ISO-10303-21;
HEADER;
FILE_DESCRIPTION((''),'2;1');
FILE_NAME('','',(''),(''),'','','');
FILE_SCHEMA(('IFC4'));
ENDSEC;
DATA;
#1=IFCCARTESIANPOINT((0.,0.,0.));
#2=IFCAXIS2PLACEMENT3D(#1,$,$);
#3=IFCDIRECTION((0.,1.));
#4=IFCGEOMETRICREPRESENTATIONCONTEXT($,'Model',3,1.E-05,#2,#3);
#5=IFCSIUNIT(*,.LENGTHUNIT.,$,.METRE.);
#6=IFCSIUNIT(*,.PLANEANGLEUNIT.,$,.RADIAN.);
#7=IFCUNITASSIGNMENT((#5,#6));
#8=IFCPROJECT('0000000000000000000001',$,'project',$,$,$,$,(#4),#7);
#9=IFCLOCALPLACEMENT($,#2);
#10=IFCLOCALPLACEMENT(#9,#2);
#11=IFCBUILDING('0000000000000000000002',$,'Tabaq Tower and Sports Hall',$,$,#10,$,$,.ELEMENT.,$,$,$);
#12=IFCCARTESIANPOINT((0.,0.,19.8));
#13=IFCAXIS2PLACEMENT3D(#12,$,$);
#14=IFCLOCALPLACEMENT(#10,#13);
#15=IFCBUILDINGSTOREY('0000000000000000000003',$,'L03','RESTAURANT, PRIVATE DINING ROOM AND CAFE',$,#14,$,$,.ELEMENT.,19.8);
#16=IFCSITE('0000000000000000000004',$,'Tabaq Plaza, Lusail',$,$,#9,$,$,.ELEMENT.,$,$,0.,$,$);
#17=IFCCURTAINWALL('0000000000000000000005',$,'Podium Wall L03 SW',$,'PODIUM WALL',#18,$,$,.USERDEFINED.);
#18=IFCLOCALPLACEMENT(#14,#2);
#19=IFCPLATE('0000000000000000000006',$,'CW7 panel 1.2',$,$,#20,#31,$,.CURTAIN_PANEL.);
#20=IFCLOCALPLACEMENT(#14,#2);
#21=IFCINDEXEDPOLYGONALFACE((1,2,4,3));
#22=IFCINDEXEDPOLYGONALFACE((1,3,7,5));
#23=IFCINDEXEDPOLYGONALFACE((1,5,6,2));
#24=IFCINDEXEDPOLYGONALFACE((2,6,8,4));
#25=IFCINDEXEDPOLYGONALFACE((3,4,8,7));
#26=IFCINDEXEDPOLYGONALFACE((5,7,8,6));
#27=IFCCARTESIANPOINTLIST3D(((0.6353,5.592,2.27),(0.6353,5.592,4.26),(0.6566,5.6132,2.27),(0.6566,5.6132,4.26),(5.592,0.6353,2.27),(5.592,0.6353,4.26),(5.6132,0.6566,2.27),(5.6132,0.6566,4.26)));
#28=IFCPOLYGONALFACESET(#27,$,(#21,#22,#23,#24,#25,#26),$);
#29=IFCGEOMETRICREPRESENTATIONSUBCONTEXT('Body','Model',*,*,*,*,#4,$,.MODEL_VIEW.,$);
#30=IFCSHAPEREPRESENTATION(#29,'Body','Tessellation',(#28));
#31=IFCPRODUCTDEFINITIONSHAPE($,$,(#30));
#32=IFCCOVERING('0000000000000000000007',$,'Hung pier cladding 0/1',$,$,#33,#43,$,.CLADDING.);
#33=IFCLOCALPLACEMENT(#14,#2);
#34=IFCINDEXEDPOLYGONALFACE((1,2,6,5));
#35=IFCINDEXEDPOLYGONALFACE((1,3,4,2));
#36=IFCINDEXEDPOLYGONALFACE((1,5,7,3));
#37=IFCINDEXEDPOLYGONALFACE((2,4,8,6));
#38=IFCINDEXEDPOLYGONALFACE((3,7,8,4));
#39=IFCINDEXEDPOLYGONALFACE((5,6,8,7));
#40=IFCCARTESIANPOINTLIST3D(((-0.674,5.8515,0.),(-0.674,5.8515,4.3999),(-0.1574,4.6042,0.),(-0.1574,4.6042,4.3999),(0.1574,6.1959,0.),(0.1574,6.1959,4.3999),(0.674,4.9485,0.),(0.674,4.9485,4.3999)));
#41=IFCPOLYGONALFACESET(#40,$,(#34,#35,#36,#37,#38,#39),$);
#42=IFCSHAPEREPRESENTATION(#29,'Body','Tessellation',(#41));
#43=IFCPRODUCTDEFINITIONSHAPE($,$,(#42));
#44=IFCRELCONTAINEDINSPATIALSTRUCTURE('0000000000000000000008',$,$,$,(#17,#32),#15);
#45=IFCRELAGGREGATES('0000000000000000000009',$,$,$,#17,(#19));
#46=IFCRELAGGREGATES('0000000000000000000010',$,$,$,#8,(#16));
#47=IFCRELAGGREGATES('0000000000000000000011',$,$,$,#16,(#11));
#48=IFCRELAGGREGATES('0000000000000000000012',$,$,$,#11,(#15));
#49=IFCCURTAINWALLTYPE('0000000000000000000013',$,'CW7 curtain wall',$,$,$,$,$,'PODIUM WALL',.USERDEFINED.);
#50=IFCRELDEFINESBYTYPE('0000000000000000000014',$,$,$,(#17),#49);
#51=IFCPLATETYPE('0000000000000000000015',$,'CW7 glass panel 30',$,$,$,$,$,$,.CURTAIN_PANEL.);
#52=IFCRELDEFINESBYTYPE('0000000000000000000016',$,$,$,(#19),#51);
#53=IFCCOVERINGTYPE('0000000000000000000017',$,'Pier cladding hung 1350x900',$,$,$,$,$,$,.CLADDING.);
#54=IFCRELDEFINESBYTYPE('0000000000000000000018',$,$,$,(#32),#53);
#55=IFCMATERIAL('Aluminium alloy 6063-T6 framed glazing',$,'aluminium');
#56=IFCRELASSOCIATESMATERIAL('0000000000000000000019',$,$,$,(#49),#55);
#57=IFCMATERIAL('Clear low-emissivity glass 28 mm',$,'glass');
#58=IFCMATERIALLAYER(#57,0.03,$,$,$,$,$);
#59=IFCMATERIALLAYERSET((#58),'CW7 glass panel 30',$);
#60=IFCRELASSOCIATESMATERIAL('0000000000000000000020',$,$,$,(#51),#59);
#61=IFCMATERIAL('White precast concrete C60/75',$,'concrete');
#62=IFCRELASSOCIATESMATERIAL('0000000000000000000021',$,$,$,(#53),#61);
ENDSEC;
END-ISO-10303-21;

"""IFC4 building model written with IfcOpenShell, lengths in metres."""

from ifc_helpers import new_model, si_unit, direction, frame, frame_2d, origin, origin_2d, place, context, subcontext, project, spatial, rectangle, extrude, material, layer, layer_set, type_object, element, aggregate, save


model = new_model("IFC4")

# Units and contexts
model_context = context("Model", 3, precision=1e-05, world=origin(), true_north=direction((0.0, 1.0)))
body_context = subcontext(model_context, "Body", "Model", "MODEL_VIEW")
ifc_project = project(units=[si_unit("LENGTHUNIT", "METRE"), si_unit("PLANEANGLEUNIT", "RADIAN")], contexts=[model_context])

# Site, building, storey
site_placement = place(None, origin())
site = spatial("IfcSite", under=ifc_project, at=site_placement, Name="Tabaq Plaza, Lusail", CompositionType="ELEMENT", RefElevation=0.0)
building_placement = place(site_placement, origin())
building = spatial("IfcBuilding", under=site, at=building_placement, Name="Tabaq Tower and Sports Hall", CompositionType="ELEMENT")
storey_placement = place(building_placement, frame((0.0, 0.0, 19.8)))
storey = spatial("IfcBuildingStorey", under=building, at=storey_placement, Name="L03", Description="RESTAURANT, PRIVATE DINING ROOM AND CAFE", CompositionType="ELEMENT", Elevation=19.8)

# Shared definitions
ifc_material_1 = material(Name="Aluminium alloy 6063-T6 framed glazing", Category="aluminium")
curtain_wall_type = type_object("IfcCurtainWallType", Name="CW7 curtain wall", ElementType="PODIUM WALL", PredefinedType="USERDEFINED", material=ifc_material_1)

# Curtain wall
curtain_wall_1_placement = place(storey_placement, origin())
curtain_wall_1 = element("IfcCurtainWall", 1, at=curtain_wall_1_placement, inside=storey, type_object=curtain_wall_type, Name="Podium Wall L03 SW", ObjectType="PODIUM WALL", PredefinedType="USERDEFINED")

# Plate
ifc_material_2 = material(Name="Clear low-emissivity glass 28 mm", Category="glass")
ifc_layer = layer(ifc_material_2, 0.03)
ifc_layer_set = layer_set([ifc_layer], Name="CW7 glass panel 30")
plate_type = type_object("IfcPlateType", Name="CW7 glass panel 30", PredefinedType="CURTAIN_PANEL", material=ifc_layer_set)
plate_1_placement = place(storey_placement, frame((3.1243, 3.1243, 2.27), z_axis=(0.0, 0.0, 1.0), x_axis=(0.707107, -0.707107, 0.0)))
plate_1 = element("IfcPlate", 2, at=plate_1_placement, type_object=plate_type, Name="CW7 panel 1.2", PredefinedType="CURTAIN_PANEL", context=body_context, shape_type="SweptSolid", body=[
    extrude(rectangle(XDim=7.0098, YDim=0.03, at=origin_2d()), origin(), (0.0, 0.0, 1.0), 1.99),
])
aggregate(curtain_wall_1, [plate_1])

# Covering
ifc_material_3 = material(Name="White precast concrete C60/75", Category="concrete")
covering_type = type_object("IfcCoveringType", Name="Pier cladding hung 1350x900", PredefinedType="CLADDING", material=ifc_material_3)
covering_placement = place(storey_placement, frame((-0.2583, 6.0237, 0.0), z_axis=(0.0, 0.0, 1.0), x_axis=(0.38265, -0.923893, 0.0)))
element("IfcCovering", 3, at=covering_placement, inside=storey, type_object=covering_type, Name="Hung pier cladding 0/1", PredefinedType="CLADDING", context=body_context, shape_type="SweptSolid", body=[
    extrude(rectangle(XDim=1.3501, YDim=0.8999, at=frame_2d((0.675, 0.0))), origin(), (0.0, 0.0, 1.0), 4.3999),
])

save(model, "model.ifc")
